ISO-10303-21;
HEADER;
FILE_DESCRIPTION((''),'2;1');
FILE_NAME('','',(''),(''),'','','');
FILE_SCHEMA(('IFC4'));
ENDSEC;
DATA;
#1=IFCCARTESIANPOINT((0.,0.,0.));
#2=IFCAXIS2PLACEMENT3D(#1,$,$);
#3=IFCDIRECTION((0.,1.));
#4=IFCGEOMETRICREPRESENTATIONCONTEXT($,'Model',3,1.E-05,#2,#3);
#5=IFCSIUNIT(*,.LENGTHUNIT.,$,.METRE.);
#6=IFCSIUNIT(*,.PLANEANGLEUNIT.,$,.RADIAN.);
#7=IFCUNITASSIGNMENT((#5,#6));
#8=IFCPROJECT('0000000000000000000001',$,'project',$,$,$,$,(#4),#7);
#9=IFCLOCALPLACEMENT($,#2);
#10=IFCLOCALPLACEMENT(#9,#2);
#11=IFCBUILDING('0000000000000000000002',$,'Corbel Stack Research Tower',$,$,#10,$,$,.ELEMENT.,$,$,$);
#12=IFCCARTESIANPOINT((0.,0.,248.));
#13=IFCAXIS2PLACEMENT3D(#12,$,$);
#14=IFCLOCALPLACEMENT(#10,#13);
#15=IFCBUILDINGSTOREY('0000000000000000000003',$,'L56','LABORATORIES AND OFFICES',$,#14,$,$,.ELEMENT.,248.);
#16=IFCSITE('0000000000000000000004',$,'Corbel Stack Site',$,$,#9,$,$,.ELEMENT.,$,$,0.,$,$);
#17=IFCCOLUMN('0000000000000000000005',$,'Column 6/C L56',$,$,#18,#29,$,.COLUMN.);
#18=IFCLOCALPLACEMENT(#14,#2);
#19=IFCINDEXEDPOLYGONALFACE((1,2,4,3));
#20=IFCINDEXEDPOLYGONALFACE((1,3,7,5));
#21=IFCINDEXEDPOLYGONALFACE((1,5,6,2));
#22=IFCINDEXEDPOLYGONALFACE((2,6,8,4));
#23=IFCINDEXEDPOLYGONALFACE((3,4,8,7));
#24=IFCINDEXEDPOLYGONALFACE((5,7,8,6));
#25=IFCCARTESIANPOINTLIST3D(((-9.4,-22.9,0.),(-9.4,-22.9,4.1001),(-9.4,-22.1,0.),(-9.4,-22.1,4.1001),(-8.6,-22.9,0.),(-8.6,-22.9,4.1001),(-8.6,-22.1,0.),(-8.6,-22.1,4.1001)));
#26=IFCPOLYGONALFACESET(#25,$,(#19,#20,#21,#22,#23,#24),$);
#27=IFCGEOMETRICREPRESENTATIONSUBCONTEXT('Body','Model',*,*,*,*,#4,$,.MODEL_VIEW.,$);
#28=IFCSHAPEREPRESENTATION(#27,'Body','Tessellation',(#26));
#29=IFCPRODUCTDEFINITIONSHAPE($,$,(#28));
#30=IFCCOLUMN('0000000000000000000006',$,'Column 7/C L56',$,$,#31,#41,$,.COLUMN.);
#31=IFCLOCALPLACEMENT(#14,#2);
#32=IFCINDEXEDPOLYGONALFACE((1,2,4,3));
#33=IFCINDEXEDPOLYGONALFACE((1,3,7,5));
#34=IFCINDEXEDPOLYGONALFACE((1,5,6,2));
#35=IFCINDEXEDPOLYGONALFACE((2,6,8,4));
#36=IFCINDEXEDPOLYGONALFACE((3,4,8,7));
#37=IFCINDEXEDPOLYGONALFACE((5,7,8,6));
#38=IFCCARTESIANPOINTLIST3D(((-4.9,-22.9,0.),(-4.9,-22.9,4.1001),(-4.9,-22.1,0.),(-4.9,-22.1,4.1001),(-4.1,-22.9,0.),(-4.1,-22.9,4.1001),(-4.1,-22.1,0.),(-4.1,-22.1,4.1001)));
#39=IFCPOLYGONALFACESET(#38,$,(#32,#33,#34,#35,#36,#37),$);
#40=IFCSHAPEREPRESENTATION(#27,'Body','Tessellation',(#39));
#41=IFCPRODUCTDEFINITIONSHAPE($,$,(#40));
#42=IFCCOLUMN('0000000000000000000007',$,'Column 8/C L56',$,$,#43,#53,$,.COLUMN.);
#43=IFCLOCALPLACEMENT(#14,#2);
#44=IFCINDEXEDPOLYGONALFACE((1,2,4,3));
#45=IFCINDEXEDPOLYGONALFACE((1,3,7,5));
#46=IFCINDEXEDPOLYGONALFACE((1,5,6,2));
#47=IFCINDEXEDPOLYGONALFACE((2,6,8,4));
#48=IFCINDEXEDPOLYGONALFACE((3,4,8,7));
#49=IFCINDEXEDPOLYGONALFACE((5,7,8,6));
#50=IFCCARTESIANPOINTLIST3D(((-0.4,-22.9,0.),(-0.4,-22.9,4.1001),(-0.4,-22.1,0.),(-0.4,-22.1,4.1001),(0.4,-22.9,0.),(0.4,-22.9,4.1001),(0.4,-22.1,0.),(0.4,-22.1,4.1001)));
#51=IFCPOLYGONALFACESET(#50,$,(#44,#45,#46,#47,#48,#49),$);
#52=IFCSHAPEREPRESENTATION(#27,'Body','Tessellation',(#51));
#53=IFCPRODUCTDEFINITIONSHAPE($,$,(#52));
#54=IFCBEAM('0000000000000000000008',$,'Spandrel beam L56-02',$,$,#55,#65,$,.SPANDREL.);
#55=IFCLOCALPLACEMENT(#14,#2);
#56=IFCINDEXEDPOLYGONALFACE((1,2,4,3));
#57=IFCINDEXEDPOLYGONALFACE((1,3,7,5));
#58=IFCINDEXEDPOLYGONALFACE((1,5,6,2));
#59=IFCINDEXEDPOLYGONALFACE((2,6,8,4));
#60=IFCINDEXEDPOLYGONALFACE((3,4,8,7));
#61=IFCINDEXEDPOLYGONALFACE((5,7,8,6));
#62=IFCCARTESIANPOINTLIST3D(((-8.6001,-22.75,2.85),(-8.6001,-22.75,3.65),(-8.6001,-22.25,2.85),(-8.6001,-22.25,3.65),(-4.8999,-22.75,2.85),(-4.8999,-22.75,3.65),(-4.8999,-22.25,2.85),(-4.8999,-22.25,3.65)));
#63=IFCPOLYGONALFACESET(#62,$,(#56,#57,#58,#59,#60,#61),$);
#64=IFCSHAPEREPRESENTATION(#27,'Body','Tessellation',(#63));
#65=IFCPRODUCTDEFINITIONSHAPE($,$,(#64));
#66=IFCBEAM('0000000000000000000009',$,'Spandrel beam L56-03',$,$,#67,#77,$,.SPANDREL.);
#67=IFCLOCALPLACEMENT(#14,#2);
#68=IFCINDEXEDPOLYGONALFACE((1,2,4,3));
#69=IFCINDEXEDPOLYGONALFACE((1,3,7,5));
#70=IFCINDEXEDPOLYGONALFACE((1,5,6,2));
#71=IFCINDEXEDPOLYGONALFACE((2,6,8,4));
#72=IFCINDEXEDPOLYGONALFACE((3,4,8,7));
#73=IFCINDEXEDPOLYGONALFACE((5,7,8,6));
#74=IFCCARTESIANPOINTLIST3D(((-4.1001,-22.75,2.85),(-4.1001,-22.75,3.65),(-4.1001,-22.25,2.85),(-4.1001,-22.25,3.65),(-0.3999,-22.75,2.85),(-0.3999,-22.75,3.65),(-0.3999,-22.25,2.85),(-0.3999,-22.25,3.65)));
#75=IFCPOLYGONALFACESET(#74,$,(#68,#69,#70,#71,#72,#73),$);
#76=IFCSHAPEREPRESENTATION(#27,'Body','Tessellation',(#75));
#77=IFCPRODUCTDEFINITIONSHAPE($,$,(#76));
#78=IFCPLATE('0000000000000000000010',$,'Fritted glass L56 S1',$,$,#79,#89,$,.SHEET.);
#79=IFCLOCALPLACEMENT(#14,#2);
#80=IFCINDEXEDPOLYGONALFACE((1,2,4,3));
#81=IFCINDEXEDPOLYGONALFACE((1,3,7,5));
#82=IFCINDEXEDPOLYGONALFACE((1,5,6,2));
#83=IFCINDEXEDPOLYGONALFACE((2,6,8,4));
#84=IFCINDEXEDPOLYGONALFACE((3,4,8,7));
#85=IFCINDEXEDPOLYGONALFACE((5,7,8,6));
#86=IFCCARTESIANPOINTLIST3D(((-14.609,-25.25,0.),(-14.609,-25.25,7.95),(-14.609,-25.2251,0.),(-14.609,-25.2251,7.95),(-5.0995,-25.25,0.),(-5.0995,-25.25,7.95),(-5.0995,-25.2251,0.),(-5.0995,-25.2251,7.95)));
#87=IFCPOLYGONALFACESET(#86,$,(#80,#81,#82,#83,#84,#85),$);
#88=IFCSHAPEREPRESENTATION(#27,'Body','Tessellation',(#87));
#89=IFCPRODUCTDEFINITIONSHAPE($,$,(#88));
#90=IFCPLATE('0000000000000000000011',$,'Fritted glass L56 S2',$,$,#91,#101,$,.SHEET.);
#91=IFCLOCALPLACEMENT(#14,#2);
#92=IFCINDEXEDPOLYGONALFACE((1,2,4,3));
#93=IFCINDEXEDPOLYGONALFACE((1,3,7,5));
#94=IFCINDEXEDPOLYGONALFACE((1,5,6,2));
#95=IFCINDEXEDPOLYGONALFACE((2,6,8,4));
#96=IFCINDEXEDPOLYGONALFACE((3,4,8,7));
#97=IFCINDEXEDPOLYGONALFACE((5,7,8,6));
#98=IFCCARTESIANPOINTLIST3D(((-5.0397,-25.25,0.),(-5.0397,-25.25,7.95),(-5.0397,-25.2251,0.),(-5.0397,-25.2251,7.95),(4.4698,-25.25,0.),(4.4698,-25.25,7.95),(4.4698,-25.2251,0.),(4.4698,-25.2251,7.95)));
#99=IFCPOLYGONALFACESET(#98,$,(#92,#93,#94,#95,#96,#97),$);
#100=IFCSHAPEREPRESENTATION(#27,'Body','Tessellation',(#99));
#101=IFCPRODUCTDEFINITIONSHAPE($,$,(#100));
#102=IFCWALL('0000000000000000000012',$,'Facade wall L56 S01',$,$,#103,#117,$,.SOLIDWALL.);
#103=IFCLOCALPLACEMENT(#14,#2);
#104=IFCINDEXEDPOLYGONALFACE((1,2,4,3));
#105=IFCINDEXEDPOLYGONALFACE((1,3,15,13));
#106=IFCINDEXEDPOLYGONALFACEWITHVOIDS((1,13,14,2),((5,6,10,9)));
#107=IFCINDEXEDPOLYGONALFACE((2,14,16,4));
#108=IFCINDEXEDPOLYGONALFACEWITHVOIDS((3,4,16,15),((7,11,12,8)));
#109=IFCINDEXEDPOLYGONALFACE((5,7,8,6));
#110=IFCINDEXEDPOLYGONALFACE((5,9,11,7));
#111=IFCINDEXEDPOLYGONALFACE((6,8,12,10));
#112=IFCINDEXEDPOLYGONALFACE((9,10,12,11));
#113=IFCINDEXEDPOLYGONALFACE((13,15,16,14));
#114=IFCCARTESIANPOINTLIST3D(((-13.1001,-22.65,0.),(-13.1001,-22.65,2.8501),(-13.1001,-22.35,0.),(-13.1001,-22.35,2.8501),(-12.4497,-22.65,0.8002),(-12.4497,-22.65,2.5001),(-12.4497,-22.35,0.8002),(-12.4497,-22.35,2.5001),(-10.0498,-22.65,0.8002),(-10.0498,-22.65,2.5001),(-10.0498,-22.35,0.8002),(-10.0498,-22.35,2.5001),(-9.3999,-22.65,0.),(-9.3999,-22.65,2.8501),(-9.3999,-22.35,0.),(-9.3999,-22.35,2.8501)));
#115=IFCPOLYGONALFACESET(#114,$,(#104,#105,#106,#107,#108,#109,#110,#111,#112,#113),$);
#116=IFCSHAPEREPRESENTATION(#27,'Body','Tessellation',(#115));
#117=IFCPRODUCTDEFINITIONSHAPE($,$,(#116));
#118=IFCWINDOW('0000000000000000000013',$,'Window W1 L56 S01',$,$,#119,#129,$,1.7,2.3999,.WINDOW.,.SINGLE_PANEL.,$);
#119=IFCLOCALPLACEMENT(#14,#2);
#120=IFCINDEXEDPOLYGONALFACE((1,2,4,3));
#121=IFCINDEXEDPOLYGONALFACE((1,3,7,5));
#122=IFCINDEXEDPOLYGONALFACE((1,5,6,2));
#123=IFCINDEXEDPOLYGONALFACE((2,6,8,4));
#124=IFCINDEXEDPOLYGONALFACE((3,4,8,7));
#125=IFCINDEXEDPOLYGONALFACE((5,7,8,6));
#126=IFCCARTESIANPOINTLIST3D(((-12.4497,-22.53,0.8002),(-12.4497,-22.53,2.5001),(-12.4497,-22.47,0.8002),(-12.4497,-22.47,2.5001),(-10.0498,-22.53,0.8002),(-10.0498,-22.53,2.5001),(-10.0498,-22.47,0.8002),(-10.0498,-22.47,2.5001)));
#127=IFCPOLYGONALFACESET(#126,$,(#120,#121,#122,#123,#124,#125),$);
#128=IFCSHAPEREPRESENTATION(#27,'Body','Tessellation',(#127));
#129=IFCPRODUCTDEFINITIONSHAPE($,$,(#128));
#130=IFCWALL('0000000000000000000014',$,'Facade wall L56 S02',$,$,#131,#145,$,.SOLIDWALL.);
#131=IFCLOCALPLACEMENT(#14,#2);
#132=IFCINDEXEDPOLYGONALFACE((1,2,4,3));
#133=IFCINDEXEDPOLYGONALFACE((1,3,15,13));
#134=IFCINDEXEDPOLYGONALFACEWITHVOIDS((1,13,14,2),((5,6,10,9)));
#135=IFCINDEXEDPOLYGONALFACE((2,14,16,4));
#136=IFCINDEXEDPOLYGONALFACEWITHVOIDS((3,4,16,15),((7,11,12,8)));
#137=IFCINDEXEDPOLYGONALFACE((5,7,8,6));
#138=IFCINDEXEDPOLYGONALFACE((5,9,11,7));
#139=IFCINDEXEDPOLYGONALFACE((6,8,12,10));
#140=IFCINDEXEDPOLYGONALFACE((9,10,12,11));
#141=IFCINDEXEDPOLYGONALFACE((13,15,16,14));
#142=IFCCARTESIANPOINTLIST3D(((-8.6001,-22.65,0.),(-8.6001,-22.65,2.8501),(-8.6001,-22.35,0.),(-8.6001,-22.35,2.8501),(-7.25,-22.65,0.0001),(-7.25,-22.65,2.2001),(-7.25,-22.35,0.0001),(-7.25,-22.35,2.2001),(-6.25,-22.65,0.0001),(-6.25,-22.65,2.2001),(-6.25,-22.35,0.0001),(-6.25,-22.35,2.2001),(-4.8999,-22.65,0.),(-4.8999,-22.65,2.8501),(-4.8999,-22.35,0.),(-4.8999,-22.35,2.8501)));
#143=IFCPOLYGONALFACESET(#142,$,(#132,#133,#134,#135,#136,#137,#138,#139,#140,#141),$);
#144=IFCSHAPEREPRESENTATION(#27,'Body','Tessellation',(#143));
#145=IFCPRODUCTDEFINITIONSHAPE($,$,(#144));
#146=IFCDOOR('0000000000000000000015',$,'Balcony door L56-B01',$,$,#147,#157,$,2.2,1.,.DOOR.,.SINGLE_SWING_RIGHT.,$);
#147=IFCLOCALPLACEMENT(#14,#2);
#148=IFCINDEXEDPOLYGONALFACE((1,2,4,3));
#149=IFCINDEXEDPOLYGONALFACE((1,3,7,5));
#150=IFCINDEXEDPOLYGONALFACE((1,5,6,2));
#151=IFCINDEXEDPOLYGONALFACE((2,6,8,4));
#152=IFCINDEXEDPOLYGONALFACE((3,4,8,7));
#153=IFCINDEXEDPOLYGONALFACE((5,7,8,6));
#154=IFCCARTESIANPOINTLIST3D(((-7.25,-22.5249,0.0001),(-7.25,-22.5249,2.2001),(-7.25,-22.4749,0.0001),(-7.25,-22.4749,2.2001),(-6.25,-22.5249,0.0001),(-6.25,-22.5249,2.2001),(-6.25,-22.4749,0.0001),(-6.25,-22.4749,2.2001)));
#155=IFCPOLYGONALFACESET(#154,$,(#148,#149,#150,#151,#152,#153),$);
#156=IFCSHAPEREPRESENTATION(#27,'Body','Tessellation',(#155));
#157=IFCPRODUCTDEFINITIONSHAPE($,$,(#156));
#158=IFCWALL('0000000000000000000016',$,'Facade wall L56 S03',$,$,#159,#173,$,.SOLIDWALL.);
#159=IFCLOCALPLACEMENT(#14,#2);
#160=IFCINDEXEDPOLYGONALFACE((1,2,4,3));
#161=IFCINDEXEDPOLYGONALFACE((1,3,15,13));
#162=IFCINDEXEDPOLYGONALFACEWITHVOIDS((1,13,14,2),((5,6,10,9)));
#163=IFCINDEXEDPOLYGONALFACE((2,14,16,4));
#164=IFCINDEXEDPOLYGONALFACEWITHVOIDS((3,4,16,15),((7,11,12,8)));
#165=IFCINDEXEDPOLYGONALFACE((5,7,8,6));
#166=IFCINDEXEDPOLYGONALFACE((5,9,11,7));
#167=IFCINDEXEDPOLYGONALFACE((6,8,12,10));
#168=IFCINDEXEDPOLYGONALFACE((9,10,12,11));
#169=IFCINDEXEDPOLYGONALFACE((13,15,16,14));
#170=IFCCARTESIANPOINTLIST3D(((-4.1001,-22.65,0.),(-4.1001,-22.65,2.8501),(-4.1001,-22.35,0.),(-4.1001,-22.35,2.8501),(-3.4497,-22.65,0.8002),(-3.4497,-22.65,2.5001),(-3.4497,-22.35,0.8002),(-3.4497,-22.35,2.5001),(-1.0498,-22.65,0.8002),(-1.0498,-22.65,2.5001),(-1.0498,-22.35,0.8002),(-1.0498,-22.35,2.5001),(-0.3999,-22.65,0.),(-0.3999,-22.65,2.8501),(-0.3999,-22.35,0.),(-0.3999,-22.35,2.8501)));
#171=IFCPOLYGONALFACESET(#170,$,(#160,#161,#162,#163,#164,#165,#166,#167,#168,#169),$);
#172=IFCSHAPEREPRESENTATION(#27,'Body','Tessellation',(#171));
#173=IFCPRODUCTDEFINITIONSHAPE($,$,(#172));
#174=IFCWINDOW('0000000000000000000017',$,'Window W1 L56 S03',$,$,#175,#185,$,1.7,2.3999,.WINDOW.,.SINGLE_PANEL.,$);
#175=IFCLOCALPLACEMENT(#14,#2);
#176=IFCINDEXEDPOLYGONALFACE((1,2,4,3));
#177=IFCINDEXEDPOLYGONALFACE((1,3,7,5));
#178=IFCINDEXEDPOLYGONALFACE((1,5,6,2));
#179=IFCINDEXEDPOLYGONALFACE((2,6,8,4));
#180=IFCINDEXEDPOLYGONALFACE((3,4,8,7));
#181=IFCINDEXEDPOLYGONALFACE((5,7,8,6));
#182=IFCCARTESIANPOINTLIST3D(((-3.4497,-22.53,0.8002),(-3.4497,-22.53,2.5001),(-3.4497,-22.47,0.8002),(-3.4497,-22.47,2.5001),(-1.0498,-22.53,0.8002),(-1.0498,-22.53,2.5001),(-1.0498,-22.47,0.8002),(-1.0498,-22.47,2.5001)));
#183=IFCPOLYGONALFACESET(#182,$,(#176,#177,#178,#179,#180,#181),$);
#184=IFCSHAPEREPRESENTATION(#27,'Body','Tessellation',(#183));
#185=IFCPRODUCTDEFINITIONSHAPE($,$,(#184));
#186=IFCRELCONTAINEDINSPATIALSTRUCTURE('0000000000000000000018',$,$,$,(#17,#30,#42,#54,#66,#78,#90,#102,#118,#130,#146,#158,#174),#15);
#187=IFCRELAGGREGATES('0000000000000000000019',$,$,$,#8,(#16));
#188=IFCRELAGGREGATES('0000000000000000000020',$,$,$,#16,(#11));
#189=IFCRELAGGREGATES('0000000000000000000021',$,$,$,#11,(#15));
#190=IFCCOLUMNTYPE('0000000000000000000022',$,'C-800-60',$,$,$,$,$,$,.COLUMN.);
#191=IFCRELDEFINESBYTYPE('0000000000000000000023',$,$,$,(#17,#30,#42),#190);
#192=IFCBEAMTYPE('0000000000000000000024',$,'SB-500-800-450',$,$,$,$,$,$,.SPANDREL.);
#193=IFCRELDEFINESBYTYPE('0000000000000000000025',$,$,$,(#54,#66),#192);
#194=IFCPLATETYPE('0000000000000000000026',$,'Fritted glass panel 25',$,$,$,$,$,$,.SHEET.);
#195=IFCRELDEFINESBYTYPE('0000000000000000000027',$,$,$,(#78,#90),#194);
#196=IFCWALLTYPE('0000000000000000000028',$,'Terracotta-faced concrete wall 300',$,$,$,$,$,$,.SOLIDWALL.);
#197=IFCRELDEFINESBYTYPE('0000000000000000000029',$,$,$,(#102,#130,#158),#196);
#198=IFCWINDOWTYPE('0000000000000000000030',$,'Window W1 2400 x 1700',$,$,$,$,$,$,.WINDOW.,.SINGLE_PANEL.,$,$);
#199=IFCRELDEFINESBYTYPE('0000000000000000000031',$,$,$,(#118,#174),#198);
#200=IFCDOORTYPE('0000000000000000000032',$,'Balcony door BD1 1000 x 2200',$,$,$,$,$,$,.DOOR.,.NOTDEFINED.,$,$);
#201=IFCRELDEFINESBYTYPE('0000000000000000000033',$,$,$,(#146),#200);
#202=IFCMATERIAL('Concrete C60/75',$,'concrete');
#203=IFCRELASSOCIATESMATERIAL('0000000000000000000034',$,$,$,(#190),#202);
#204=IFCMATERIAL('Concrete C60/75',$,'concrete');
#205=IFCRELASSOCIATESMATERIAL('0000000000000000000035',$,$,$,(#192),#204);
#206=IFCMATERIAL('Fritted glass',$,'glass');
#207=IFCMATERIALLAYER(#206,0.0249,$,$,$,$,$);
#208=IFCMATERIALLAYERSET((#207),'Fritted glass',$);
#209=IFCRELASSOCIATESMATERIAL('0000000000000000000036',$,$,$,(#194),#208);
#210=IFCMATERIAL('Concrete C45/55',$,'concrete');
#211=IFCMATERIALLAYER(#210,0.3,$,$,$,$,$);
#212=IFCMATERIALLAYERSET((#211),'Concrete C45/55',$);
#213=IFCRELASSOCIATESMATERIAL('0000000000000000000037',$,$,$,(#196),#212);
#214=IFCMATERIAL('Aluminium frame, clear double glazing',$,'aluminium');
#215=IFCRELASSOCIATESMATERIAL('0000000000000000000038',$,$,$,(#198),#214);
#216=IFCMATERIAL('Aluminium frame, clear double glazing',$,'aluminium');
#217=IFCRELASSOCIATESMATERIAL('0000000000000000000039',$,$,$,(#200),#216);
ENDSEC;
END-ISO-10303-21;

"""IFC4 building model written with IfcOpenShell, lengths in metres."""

from ifc_helpers import new_model, si_unit, direction, frame, frame_2d, origin, origin_2d, place, context, subcontext, project, spatial, rectangle, extrude, material, layer, layer_set, material_profile, profile_set, type_object, element, fill, save


model = new_model("IFC4")

# Units and contexts
model_context = context("Model", 3, precision=1e-05, world=origin(), true_north=direction((0.0, 1.0)))
body_context = subcontext(model_context, "Body", "Model", "MODEL_VIEW")
ifc_project = project(units=[si_unit("LENGTHUNIT", "METRE"), si_unit("PLANEANGLEUNIT", "RADIAN")], contexts=[model_context])

# Site, building, storey
site_placement = place(None, origin())
site = spatial("IfcSite", under=ifc_project, at=site_placement, Name="Corbel Stack Site", CompositionType="ELEMENT", RefElevation=0.0)
building_placement = place(site_placement, origin())
building = spatial("IfcBuilding", under=site, at=building_placement, Name="Corbel Stack Research Tower", CompositionType="ELEMENT")
storey_placement = place(building_placement, frame((0.0, 0.0, 248.0)))
storey = spatial("IfcBuildingStorey", under=building, at=storey_placement, Name="L56", Description="LABORATORIES AND OFFICES", CompositionType="ELEMENT", Elevation=248.0)

# Columns
ifc_material_1 = material(Name="Concrete C60/75", Category="concrete")
ifc_material_profile_1 = material_profile(ifc_material_1, rectangle(XDim=0.8, YDim=0.8, at=origin_2d()), Name="RC 800 x 800")
ifc_profile_set_1 = profile_set([ifc_material_profile_1], Name="Concrete C60/75")
column_type = type_object("IfcColumnType", Name="C-800-60", PredefinedType="COLUMN", material=ifc_profile_set_1)
for number, where, z_axis, x_axis, name in (
    (1, (-9.0, -22.5, 0.0), (0.0, 0.0, 1.0), (1.0, 0.0, 0.0), "Column 6/C L56"),
    (2, (-4.5, -22.5, 0.0), (0.0, 0.0, 1.0), (1.0, 0.0, 0.0), "Column 7/C L56"),
    (3, (0.0, -22.5, 0.0), (0.0, 0.0, 1.0), (1.0, 0.0, 0.0), "Column 8/C L56"),
):
    element("IfcColumn", number, at=place(storey_placement, frame(where, z_axis=z_axis, x_axis=x_axis)), inside=storey, type_object=column_type, Name=name, PredefinedType="COLUMN", context=body_context, shape_type="SweptSolid", body=[
        extrude(rectangle(XDim=0.8, YDim=0.8, at=origin_2d()), origin(), (0.0, 0.0, 1.0), 4.1001),
    ])

# Beams
ifc_material_2 = material(Name="Concrete C60/75", Category="concrete")
ifc_material_profile_2 = material_profile(ifc_material_2, rectangle(XDim=0.5, YDim=0.8, at=origin_2d()), Name="RC 500 x 800")
ifc_profile_set_2 = profile_set([ifc_material_profile_2], Name="Concrete C60/75")
beam_type = type_object("IfcBeamType", Name="SB-500-800-450", PredefinedType="SPANDREL", material=ifc_profile_set_2)
for number, where, z_axis, x_axis, name in (
    (4, (-8.6001, -22.5, 3.25), (1.0, 0.0, 0.0), (0.0, 1.0, 0.0), "Spandrel beam L56-02"),
    (5, (-4.1001, -22.5, 3.25), (1.0, 0.0, 0.0), (0.0, 1.0, 0.0), "Spandrel beam L56-03"),
):
    element("IfcBeam", number, at=place(storey_placement, frame(where, z_axis=z_axis, x_axis=x_axis)), inside=storey, type_object=beam_type, Name=name, PredefinedType="SPANDREL", context=body_context, shape_type="SweptSolid", body=[
        extrude(rectangle(XDim=0.5, YDim=0.8, at=origin_2d()), origin(), (0.0, 0.0, 1.0), 3.7002),
    ])

# Plates
ifc_material_3 = material(Name="Fritted glass", Category="glass")
ifc_layer_1 = layer(ifc_material_3, 0.0249)
ifc_layer_set_1 = layer_set([ifc_layer_1], Name="Fritted glass")
plate_type = type_object("IfcPlateType", Name="Fritted glass panel 25", PredefinedType="SHEET", material=ifc_layer_set_1)
for number, where, z_axis, x_axis, name in (
    (6, (-9.8542, -25.2375, 0.0), (0.0, 0.0, 1.0), (1.0, 0.0, 0.0), "Fritted glass L56 S1"),
    (7, (-0.2849, -25.2375, 0.0), (0.0, 0.0, 1.0), (1.0, 0.0, 0.0), "Fritted glass L56 S2"),
):
    element("IfcPlate", number, at=place(storey_placement, frame(where, z_axis=z_axis, x_axis=x_axis)), inside=storey, type_object=plate_type, Name=name, PredefinedType="SHEET", context=body_context, shape_type="SweptSolid", body=[
        extrude(rectangle(XDim=9.5095, YDim=0.0249, at=origin_2d()), origin(), (0.0, 0.0, 1.0), 7.95),
    ])

# Wall, opening, window
ifc_material_4 = material(Name="Concrete C45/55", Category="concrete")
ifc_layer_2 = layer(ifc_material_4, 0.3)
ifc_layer_set_2 = layer_set([ifc_layer_2], Name="Concrete C45/55")
wall_type = type_object("IfcWallType", Name="Terracotta-faced concrete wall 300", PredefinedType="SOLIDWALL", material=ifc_layer_set_2)
wall_1_placement = place(storey_placement, frame((-9.3999, -22.5, 0.0), z_axis=(0.0, 0.0, 1.0), x_axis=(-1.0, 0.0, 0.0)))
wall_1 = element("IfcWall", 8, at=wall_1_placement, inside=storey, type_object=wall_type, Name="Facade wall L56 S01", PredefinedType="SOLIDWALL", context=body_context, shape_type="SweptSolid", body=[
    extrude(rectangle(XDim=3.7002, YDim=0.3, at=frame_2d((1.8501, 0.0))), origin(), (0.0, 0.0, 1.0), 2.8501),
])
opening_1_placement = place(wall_1_placement, frame((0.6499, 0.0, 0.8)))
opening_1 = element("IfcOpeningElement", 9, at=opening_1_placement, cuts=wall_1, PredefinedType="OPENING", context=body_context, shape_type="SweptSolid", body=[
    extrude(rectangle(XDim=2.3999, YDim=1.7, at=frame_2d((1.2, 0.8501))), frame((0.0, 0.1599, 0.0), z_axis=(0.0, -1.0, 0.0), x_axis=(1.0, 0.0, 0.0)), (0.0, 0.0, 1.0), 0.3201),
])
ifc_material_5 = material(Name="Aluminium frame, clear double glazing", Category="aluminium")
window_type = type_object("IfcWindowType", Name="Window W1 2400 x 1700", PartitioningType="SINGLE_PANEL", PredefinedType="WINDOW", material=ifc_material_5)
window_1_placement = place(opening_1_placement, origin())
window_1 = element("IfcWindow", 10, at=window_1_placement, inside=storey, type_object=window_type, Name="Window W1 L56 S01", OverallHeight=1.7, OverallWidth=2.3999, PartitioningType="SINGLE_PANEL", PredefinedType="WINDOW", context=body_context, shape_type="SweptSolid", body=[
    extrude(rectangle(XDim=2.3999, YDim=1.7, at=frame_2d((1.2, 0.8501))), frame((0.0, 0.03, 0.0), z_axis=(0.0, -1.0, 0.0), x_axis=(1.0, 0.0, 0.0)), (0.0, 0.0, 1.0), 0.0601),
])
fill(opening_1, window_1)

# Wall, opening, door
wall_2_placement = place(storey_placement, frame((-4.8999, -22.5, 0.0), z_axis=(0.0, 0.0, 1.0), x_axis=(-1.0, 0.0, 0.0)))
wall_2 = element("IfcWall", 11, at=wall_2_placement, inside=storey, type_object=wall_type, Name="Facade wall L56 S02", PredefinedType="SOLIDWALL", context=body_context, shape_type="SweptSolid", body=[
    extrude(rectangle(XDim=3.7002, YDim=0.3, at=frame_2d((1.8501, 0.0))), origin(), (0.0, 0.0, 1.0), 2.8501),
])
opening_2_placement = place(wall_2_placement, frame((1.3501, 0.0, 0.0)))
opening_2 = element("IfcOpeningElement", 12, at=opening_2_placement, cuts=wall_2, PredefinedType="OPENING", context=body_context, shape_type="SweptSolid", body=[
    extrude(rectangle(XDim=1.0, YDim=2.2, at=frame_2d((0.5, 1.1001))), frame((0.0, 0.1599, 0.0), z_axis=(0.0, -1.0, 0.0), x_axis=(1.0, 0.0, 0.0)), (0.0, 0.0, 1.0), 0.3201),
])
ifc_material_6 = material(Name="Aluminium frame, clear double glazing", Category="aluminium")
door_type = type_object("IfcDoorType", Name="Balcony door BD1 1000 x 2200", OperationType="NOTDEFINED", PredefinedType="DOOR", material=ifc_material_6)
door_placement = place(opening_2_placement, origin())
door = element("IfcDoor", 13, at=door_placement, inside=storey, type_object=door_type, Name="Balcony door L56-B01", OperationType="SINGLE_SWING_RIGHT", OverallHeight=2.2, OverallWidth=1.0, PredefinedType="DOOR", context=body_context, shape_type="SweptSolid", body=[
    extrude(rectangle(XDim=1.0, YDim=2.2, at=frame_2d((0.5, 1.1001))), frame((0.0, 0.0249, 0.0), z_axis=(0.0, -1.0, 0.0), x_axis=(1.0, 0.0, 0.0)), (0.0, 0.0, 1.0), 0.05),
])
fill(opening_2, door)

# Wall, opening, window
wall_3_placement = place(storey_placement, frame((-0.3999, -22.5, 0.0), z_axis=(0.0, 0.0, 1.0), x_axis=(-1.0, 0.0, 0.0)))
wall_3 = element("IfcWall", 14, at=wall_3_placement, inside=storey, type_object=wall_type, Name="Facade wall L56 S03", PredefinedType="SOLIDWALL", context=body_context, shape_type="SweptSolid", body=[
    extrude(rectangle(XDim=3.7002, YDim=0.3, at=frame_2d((1.8501, 0.0))), origin(), (0.0, 0.0, 1.0), 2.8501),
])
opening_3_placement = place(wall_3_placement, frame((0.6499, 0.0, 0.8)))
opening_3 = element("IfcOpeningElement", 15, at=opening_3_placement, cuts=wall_3, PredefinedType="OPENING", context=body_context, shape_type="SweptSolid", body=[
    extrude(rectangle(XDim=2.3999, YDim=1.7, at=frame_2d((1.2, 0.8501))), frame((0.0, 0.1599, 0.0), z_axis=(0.0, -1.0, 0.0), x_axis=(1.0, 0.0, 0.0)), (0.0, 0.0, 1.0), 0.3201),
])
window_2_placement = place(opening_3_placement, origin())
window_2 = element("IfcWindow", 16, at=window_2_placement, inside=storey, type_object=window_type, Name="Window W1 L56 S03", OverallHeight=1.7, OverallWidth=2.3999, PartitioningType="SINGLE_PANEL", PredefinedType="WINDOW", context=body_context, shape_type="SweptSolid", body=[
    extrude(rectangle(XDim=2.3999, YDim=1.7, at=frame_2d((1.2, 0.8501))), frame((0.0, 0.03, 0.0), z_axis=(0.0, -1.0, 0.0), x_axis=(1.0, 0.0, 0.0)), (0.0, 0.0, 1.0), 0.0601),
])
fill(opening_3, window_2)

save(model, "model.ifc")
